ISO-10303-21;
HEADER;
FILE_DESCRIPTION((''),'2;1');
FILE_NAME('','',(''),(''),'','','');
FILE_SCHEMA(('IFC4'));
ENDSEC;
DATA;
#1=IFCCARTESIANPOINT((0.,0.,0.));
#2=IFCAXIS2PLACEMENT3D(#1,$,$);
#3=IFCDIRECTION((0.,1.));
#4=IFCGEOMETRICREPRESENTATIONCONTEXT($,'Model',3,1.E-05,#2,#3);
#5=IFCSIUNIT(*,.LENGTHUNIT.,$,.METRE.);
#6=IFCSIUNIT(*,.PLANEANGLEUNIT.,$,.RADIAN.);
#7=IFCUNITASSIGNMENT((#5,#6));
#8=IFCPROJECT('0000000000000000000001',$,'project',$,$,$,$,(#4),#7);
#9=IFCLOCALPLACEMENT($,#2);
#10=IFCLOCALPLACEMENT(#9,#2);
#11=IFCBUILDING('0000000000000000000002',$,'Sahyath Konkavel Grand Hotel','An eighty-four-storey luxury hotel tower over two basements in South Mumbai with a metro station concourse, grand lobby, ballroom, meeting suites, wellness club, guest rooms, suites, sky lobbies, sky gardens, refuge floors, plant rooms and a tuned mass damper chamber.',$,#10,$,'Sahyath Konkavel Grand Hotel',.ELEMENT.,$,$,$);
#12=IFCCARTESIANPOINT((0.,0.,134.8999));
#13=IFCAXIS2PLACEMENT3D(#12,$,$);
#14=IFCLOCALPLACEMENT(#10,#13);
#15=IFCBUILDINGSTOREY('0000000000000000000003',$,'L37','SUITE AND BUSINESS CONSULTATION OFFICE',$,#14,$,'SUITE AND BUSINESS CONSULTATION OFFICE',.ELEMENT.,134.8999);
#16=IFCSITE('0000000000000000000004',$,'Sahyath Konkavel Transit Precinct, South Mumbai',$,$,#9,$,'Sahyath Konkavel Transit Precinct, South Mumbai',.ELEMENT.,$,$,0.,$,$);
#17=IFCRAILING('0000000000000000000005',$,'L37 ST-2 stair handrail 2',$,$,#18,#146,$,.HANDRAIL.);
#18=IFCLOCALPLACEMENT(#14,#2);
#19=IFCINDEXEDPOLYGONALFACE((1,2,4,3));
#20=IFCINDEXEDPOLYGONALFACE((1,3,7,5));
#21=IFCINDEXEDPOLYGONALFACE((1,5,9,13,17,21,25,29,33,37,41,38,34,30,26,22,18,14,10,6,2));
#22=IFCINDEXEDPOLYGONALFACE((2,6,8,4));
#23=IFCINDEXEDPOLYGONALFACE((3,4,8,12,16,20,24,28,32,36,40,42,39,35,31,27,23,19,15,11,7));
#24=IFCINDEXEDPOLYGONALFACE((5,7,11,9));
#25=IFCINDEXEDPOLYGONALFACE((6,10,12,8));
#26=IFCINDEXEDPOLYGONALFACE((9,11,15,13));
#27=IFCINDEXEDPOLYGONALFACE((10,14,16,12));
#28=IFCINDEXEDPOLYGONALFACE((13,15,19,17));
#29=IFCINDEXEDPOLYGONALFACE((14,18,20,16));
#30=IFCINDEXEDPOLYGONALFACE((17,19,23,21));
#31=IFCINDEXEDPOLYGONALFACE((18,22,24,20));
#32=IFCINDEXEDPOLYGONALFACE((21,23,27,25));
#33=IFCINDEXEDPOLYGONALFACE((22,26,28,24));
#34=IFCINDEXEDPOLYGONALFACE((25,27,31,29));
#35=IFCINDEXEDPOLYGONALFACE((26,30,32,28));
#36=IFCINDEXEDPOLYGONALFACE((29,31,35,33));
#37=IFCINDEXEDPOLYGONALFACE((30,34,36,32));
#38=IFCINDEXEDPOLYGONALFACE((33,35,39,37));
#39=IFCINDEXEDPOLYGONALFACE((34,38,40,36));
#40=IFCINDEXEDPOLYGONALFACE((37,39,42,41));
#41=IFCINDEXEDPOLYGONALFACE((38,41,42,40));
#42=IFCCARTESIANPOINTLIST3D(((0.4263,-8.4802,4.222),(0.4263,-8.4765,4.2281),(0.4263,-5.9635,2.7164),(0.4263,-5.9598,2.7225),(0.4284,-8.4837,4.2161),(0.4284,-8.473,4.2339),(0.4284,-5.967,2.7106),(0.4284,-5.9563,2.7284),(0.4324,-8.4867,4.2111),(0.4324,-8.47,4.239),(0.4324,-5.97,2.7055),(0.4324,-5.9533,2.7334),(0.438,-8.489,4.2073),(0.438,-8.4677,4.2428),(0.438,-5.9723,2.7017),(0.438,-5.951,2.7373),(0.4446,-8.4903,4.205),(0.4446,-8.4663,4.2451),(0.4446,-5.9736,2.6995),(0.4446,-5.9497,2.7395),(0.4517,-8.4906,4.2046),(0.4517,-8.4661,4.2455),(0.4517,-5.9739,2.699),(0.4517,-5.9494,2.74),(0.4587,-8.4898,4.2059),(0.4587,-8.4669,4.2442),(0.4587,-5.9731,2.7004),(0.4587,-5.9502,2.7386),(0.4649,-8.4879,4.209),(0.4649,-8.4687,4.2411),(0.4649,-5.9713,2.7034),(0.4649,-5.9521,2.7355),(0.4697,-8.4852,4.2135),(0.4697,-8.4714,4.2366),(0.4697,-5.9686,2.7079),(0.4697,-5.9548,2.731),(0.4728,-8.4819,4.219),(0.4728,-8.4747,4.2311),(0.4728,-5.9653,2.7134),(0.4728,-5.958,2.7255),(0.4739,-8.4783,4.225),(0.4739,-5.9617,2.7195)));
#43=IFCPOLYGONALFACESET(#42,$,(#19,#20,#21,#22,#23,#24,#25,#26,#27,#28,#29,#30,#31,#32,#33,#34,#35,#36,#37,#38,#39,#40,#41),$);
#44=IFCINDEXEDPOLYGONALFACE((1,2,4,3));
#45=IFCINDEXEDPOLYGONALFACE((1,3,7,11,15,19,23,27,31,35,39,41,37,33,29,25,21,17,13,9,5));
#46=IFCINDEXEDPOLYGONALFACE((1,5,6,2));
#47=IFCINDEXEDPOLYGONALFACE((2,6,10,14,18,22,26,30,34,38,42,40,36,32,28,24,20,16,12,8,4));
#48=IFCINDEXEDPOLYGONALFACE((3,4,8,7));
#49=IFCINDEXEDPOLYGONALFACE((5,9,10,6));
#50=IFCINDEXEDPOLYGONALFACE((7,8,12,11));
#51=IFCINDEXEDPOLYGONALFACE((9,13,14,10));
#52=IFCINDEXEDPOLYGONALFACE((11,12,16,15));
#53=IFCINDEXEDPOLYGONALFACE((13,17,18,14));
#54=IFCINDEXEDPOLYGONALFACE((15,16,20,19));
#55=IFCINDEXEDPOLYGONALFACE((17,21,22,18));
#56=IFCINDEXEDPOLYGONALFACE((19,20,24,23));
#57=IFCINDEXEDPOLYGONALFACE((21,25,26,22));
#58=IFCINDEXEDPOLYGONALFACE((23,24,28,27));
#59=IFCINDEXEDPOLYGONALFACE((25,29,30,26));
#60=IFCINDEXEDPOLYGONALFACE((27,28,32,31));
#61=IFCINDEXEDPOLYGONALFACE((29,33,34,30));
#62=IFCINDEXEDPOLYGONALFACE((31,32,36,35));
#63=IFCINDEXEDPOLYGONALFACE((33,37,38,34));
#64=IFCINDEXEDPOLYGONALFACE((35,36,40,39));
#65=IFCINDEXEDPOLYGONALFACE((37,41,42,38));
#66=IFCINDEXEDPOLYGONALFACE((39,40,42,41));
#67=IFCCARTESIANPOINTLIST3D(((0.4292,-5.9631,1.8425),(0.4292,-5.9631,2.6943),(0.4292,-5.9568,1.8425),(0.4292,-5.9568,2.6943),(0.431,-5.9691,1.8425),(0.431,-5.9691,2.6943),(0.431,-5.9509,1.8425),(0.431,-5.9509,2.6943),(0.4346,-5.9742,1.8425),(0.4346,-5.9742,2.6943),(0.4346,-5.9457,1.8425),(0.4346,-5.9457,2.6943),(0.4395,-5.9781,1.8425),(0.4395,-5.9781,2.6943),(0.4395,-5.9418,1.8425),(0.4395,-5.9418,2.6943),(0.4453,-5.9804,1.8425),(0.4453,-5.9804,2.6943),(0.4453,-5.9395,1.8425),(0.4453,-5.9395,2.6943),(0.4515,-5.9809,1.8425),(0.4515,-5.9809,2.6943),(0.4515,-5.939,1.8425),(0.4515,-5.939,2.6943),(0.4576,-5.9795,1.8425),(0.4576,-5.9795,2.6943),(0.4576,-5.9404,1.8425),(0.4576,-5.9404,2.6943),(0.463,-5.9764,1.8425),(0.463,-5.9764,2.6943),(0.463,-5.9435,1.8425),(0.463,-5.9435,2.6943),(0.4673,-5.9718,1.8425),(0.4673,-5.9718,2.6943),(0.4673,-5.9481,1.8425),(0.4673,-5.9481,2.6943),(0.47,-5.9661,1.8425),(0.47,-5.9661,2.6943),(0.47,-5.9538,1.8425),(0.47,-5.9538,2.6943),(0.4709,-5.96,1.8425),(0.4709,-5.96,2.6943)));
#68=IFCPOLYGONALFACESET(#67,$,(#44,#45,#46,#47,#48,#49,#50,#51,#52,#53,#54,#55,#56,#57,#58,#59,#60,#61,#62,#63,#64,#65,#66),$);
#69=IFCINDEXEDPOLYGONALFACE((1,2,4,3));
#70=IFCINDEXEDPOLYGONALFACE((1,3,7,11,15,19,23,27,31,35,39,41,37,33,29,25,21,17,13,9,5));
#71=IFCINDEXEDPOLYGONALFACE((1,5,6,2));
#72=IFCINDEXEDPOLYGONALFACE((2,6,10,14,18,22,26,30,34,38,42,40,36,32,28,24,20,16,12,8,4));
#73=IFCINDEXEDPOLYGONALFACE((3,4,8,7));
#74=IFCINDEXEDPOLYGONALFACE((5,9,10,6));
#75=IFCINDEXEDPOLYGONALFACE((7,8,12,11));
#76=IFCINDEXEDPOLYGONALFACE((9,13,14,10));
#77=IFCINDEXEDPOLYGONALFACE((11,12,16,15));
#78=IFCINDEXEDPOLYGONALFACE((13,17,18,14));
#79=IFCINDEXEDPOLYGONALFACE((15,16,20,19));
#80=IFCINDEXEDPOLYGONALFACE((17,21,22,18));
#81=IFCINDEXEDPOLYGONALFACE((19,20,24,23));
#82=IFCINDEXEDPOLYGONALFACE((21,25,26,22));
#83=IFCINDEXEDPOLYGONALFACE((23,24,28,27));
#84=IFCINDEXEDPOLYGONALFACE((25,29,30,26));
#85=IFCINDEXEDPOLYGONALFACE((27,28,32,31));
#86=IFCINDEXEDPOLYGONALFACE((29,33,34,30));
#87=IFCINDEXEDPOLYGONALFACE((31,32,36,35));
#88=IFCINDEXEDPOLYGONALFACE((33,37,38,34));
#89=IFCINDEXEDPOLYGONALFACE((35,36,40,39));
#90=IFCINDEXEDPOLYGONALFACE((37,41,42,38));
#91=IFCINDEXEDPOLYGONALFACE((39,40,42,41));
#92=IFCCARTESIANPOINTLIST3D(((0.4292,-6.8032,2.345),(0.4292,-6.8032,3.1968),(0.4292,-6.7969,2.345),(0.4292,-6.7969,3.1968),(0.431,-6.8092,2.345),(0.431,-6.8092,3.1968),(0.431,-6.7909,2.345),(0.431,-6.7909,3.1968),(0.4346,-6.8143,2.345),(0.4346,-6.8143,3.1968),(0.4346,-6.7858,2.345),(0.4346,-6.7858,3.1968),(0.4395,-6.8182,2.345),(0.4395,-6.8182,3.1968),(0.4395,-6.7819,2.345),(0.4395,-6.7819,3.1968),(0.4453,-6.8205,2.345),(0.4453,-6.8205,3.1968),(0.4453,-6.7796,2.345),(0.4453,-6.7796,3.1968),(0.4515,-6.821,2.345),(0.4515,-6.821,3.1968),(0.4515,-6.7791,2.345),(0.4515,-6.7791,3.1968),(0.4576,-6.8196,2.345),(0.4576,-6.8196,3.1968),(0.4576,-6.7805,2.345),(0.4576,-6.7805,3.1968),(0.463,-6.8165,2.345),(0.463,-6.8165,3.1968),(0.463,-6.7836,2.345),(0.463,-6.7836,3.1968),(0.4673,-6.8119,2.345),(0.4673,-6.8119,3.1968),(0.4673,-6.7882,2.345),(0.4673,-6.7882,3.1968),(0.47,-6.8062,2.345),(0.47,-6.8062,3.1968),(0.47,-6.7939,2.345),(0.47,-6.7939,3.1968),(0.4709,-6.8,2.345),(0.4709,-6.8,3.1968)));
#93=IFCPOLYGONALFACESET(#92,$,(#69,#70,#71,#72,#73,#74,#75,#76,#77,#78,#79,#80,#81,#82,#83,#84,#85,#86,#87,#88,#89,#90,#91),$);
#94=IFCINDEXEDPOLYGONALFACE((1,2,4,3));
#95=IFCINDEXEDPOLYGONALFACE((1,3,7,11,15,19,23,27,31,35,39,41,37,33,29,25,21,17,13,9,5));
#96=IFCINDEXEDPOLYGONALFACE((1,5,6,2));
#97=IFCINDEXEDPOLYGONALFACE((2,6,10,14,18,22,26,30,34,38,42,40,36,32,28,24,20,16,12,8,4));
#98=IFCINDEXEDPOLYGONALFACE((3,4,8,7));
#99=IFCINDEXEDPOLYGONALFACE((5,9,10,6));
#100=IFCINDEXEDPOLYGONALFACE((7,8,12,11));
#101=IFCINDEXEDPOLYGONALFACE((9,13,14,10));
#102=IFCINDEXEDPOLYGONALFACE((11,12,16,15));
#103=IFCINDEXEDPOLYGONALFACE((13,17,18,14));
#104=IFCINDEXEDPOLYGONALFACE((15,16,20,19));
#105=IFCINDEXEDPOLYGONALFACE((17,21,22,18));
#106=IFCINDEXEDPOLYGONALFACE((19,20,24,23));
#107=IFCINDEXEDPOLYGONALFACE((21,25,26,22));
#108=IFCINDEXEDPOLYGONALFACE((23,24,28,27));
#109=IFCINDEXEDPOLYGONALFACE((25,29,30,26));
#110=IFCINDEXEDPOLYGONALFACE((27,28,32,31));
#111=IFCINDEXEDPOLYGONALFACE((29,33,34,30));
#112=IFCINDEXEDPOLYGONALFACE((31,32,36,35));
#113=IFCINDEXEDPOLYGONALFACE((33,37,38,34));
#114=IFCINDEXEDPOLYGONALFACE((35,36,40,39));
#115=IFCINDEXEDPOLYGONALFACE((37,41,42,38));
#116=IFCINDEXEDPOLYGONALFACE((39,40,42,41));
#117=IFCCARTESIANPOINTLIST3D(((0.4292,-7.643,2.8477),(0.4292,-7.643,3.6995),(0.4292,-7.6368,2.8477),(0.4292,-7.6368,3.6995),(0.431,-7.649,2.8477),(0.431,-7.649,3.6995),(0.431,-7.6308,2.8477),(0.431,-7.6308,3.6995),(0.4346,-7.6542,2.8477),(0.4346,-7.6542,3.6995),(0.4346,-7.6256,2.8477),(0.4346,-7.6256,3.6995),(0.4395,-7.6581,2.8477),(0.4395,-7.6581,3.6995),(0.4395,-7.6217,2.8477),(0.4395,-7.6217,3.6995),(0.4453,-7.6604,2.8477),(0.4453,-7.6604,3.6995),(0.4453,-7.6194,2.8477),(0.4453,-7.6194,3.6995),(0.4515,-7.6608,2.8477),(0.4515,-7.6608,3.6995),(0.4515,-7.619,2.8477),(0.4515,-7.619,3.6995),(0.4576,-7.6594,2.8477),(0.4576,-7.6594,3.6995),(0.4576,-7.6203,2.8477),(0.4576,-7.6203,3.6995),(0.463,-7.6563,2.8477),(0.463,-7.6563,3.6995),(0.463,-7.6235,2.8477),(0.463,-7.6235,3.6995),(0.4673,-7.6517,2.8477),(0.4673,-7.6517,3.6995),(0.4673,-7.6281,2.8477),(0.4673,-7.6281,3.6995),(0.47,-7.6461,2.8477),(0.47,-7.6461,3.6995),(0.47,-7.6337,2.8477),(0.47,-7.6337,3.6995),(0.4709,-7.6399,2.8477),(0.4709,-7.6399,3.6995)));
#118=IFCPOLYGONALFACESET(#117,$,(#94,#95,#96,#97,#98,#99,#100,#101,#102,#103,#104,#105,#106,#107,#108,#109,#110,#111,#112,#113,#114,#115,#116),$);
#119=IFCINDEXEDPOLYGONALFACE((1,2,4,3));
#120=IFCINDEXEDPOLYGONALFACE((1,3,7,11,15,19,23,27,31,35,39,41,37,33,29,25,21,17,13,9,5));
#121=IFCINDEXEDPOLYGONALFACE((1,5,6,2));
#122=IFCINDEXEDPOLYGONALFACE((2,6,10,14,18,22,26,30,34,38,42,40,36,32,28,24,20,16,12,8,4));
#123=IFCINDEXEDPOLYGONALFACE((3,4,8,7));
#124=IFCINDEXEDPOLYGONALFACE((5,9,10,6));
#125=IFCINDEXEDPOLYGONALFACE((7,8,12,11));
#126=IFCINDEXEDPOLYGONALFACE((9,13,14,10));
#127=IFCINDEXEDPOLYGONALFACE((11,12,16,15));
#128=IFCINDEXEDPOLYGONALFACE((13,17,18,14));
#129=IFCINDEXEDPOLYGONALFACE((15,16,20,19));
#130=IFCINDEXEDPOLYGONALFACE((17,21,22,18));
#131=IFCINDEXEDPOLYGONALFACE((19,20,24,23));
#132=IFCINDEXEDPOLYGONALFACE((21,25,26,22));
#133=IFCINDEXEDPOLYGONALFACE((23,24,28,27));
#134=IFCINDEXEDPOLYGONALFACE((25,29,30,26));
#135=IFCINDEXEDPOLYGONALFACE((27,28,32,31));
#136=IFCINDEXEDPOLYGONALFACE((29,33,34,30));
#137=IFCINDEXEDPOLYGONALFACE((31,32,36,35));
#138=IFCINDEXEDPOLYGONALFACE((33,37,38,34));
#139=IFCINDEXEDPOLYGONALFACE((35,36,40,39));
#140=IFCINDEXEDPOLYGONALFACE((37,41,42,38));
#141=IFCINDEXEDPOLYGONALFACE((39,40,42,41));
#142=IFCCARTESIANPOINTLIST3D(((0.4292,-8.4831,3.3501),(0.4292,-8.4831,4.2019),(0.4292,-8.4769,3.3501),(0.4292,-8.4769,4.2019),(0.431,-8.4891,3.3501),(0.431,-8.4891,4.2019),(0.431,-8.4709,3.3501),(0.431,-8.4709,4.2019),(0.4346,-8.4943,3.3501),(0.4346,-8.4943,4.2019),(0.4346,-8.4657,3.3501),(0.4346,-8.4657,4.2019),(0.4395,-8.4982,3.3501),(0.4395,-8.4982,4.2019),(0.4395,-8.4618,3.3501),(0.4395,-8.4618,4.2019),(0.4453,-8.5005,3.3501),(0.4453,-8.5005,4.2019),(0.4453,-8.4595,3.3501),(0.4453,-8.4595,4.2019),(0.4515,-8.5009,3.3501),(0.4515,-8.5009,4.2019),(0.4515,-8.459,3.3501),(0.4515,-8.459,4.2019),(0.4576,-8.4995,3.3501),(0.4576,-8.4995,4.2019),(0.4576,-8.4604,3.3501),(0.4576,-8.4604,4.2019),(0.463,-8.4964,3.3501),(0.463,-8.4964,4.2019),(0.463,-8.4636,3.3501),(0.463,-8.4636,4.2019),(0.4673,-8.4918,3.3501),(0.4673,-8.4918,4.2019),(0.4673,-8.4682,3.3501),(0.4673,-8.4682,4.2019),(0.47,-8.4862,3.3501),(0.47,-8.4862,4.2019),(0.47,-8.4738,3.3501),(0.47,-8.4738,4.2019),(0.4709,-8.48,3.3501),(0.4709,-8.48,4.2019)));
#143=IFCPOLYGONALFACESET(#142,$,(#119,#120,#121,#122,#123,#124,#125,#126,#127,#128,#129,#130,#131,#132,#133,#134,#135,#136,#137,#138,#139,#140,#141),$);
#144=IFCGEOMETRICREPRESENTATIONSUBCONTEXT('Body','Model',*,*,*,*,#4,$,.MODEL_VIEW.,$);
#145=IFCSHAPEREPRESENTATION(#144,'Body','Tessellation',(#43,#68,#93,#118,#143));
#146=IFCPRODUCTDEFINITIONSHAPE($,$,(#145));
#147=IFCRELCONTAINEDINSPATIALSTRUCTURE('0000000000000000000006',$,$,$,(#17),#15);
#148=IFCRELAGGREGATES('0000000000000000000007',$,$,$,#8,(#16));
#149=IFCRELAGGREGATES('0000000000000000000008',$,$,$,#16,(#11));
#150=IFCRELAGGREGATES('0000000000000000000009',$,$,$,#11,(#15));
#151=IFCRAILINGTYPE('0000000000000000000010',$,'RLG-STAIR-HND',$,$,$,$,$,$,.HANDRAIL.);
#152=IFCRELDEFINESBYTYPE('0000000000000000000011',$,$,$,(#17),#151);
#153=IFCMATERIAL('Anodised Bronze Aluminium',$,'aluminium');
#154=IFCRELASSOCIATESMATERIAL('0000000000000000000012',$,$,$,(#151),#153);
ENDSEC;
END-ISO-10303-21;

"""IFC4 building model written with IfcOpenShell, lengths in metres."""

from ifc_helpers import new_model, si_unit, direction, frame, origin, origin_2d, place, context, subcontext, project, spatial, circle, extrude, material, type_object, element, save


model = new_model("IFC4")

# Units and contexts
model_context = context("Model", 3, precision=1e-05, world=origin(), true_north=direction((0.0, 1.0)))
body_context = subcontext(model_context, "Body", "Model", "MODEL_VIEW")
ifc_project = project(units=[si_unit("LENGTHUNIT", "METRE"), si_unit("PLANEANGLEUNIT", "RADIAN")], contexts=[model_context])

# Site, building, storey
site_placement = place(None, origin())
site = spatial("IfcSite", under=ifc_project, at=site_placement, Name="Sahyath Konkavel Transit Precinct, South Mumbai", LongName="Sahyath Konkavel Transit Precinct, South Mumbai", CompositionType="ELEMENT", RefElevation=0.0)
building_placement = place(site_placement, origin())
building = spatial("IfcBuilding", under=site, at=building_placement, Name="Sahyath Konkavel Grand Hotel", Description="An eighty-four-storey luxury hotel tower over two basements in South Mumbai with a metro station concourse, grand lobby, ballroom, meeting suites, wellness club, guest rooms, suites, sky lobbies, sky gardens, refuge floors, plant rooms and a tuned mass damper chamber.", LongName="Sahyath Konkavel Grand Hotel", CompositionType="ELEMENT")
storey_placement = place(building_placement, frame((0.0, 0.0, 134.8999)))
storey = spatial("IfcBuildingStorey", under=building, at=storey_placement, Name="L37", Description="SUITE AND BUSINESS CONSULTATION OFFICE", LongName="SUITE AND BUSINESS CONSULTATION OFFICE", CompositionType="ELEMENT", Elevation=134.8999)

# Shared definitions
ifc_material_1 = material(Name="Anodised Bronze Aluminium", Category="aluminium")

# Railing
railing_type_1 = type_object("IfcRailingType", Name="RLG-STAIR-HND", PredefinedType="HANDRAIL", material=ifc_material_1)
railing_1_placement = place(storey_placement, frame((0.45, -5.96, 1.8425)))
element("IfcRailing", 1, at=railing_1_placement, inside=storey, type_object=railing_type_1, Name="L37 ST-2 stair handrail 2", PredefinedType="HANDRAIL", context=body_context, shape_type="SweptSolid", body=[
    extrude(circle(Radius=0.0239, at=origin_2d()), frame((0.0, -0.0017, 0.877), z_axis=(0.0, -0.85816, 0.513383), x_axis=(1.0, 0.0, 0.0)), (0.0, 0.0, 1.0), 2.9326),
    extrude(circle(Radius=0.021, at=origin_2d()), origin(), (0.0, 0.0, 1.0), 0.8518),
    extrude(circle(Radius=0.021, at=origin_2d()), frame((0.0, -0.8401, 0.5024)), (0.0, 0.0, 1.0), 0.8518),
    extrude(circle(Radius=0.021, at=origin_2d()), frame((0.0, -1.6799, 1.0051)), (0.0, 0.0, 1.0), 0.8518),
    extrude(circle(Radius=0.021, at=origin_2d()), frame((0.0, -2.52, 1.5076)), (0.0, 0.0, 1.0), 0.8518),
])

save(model, "model.ifc")
